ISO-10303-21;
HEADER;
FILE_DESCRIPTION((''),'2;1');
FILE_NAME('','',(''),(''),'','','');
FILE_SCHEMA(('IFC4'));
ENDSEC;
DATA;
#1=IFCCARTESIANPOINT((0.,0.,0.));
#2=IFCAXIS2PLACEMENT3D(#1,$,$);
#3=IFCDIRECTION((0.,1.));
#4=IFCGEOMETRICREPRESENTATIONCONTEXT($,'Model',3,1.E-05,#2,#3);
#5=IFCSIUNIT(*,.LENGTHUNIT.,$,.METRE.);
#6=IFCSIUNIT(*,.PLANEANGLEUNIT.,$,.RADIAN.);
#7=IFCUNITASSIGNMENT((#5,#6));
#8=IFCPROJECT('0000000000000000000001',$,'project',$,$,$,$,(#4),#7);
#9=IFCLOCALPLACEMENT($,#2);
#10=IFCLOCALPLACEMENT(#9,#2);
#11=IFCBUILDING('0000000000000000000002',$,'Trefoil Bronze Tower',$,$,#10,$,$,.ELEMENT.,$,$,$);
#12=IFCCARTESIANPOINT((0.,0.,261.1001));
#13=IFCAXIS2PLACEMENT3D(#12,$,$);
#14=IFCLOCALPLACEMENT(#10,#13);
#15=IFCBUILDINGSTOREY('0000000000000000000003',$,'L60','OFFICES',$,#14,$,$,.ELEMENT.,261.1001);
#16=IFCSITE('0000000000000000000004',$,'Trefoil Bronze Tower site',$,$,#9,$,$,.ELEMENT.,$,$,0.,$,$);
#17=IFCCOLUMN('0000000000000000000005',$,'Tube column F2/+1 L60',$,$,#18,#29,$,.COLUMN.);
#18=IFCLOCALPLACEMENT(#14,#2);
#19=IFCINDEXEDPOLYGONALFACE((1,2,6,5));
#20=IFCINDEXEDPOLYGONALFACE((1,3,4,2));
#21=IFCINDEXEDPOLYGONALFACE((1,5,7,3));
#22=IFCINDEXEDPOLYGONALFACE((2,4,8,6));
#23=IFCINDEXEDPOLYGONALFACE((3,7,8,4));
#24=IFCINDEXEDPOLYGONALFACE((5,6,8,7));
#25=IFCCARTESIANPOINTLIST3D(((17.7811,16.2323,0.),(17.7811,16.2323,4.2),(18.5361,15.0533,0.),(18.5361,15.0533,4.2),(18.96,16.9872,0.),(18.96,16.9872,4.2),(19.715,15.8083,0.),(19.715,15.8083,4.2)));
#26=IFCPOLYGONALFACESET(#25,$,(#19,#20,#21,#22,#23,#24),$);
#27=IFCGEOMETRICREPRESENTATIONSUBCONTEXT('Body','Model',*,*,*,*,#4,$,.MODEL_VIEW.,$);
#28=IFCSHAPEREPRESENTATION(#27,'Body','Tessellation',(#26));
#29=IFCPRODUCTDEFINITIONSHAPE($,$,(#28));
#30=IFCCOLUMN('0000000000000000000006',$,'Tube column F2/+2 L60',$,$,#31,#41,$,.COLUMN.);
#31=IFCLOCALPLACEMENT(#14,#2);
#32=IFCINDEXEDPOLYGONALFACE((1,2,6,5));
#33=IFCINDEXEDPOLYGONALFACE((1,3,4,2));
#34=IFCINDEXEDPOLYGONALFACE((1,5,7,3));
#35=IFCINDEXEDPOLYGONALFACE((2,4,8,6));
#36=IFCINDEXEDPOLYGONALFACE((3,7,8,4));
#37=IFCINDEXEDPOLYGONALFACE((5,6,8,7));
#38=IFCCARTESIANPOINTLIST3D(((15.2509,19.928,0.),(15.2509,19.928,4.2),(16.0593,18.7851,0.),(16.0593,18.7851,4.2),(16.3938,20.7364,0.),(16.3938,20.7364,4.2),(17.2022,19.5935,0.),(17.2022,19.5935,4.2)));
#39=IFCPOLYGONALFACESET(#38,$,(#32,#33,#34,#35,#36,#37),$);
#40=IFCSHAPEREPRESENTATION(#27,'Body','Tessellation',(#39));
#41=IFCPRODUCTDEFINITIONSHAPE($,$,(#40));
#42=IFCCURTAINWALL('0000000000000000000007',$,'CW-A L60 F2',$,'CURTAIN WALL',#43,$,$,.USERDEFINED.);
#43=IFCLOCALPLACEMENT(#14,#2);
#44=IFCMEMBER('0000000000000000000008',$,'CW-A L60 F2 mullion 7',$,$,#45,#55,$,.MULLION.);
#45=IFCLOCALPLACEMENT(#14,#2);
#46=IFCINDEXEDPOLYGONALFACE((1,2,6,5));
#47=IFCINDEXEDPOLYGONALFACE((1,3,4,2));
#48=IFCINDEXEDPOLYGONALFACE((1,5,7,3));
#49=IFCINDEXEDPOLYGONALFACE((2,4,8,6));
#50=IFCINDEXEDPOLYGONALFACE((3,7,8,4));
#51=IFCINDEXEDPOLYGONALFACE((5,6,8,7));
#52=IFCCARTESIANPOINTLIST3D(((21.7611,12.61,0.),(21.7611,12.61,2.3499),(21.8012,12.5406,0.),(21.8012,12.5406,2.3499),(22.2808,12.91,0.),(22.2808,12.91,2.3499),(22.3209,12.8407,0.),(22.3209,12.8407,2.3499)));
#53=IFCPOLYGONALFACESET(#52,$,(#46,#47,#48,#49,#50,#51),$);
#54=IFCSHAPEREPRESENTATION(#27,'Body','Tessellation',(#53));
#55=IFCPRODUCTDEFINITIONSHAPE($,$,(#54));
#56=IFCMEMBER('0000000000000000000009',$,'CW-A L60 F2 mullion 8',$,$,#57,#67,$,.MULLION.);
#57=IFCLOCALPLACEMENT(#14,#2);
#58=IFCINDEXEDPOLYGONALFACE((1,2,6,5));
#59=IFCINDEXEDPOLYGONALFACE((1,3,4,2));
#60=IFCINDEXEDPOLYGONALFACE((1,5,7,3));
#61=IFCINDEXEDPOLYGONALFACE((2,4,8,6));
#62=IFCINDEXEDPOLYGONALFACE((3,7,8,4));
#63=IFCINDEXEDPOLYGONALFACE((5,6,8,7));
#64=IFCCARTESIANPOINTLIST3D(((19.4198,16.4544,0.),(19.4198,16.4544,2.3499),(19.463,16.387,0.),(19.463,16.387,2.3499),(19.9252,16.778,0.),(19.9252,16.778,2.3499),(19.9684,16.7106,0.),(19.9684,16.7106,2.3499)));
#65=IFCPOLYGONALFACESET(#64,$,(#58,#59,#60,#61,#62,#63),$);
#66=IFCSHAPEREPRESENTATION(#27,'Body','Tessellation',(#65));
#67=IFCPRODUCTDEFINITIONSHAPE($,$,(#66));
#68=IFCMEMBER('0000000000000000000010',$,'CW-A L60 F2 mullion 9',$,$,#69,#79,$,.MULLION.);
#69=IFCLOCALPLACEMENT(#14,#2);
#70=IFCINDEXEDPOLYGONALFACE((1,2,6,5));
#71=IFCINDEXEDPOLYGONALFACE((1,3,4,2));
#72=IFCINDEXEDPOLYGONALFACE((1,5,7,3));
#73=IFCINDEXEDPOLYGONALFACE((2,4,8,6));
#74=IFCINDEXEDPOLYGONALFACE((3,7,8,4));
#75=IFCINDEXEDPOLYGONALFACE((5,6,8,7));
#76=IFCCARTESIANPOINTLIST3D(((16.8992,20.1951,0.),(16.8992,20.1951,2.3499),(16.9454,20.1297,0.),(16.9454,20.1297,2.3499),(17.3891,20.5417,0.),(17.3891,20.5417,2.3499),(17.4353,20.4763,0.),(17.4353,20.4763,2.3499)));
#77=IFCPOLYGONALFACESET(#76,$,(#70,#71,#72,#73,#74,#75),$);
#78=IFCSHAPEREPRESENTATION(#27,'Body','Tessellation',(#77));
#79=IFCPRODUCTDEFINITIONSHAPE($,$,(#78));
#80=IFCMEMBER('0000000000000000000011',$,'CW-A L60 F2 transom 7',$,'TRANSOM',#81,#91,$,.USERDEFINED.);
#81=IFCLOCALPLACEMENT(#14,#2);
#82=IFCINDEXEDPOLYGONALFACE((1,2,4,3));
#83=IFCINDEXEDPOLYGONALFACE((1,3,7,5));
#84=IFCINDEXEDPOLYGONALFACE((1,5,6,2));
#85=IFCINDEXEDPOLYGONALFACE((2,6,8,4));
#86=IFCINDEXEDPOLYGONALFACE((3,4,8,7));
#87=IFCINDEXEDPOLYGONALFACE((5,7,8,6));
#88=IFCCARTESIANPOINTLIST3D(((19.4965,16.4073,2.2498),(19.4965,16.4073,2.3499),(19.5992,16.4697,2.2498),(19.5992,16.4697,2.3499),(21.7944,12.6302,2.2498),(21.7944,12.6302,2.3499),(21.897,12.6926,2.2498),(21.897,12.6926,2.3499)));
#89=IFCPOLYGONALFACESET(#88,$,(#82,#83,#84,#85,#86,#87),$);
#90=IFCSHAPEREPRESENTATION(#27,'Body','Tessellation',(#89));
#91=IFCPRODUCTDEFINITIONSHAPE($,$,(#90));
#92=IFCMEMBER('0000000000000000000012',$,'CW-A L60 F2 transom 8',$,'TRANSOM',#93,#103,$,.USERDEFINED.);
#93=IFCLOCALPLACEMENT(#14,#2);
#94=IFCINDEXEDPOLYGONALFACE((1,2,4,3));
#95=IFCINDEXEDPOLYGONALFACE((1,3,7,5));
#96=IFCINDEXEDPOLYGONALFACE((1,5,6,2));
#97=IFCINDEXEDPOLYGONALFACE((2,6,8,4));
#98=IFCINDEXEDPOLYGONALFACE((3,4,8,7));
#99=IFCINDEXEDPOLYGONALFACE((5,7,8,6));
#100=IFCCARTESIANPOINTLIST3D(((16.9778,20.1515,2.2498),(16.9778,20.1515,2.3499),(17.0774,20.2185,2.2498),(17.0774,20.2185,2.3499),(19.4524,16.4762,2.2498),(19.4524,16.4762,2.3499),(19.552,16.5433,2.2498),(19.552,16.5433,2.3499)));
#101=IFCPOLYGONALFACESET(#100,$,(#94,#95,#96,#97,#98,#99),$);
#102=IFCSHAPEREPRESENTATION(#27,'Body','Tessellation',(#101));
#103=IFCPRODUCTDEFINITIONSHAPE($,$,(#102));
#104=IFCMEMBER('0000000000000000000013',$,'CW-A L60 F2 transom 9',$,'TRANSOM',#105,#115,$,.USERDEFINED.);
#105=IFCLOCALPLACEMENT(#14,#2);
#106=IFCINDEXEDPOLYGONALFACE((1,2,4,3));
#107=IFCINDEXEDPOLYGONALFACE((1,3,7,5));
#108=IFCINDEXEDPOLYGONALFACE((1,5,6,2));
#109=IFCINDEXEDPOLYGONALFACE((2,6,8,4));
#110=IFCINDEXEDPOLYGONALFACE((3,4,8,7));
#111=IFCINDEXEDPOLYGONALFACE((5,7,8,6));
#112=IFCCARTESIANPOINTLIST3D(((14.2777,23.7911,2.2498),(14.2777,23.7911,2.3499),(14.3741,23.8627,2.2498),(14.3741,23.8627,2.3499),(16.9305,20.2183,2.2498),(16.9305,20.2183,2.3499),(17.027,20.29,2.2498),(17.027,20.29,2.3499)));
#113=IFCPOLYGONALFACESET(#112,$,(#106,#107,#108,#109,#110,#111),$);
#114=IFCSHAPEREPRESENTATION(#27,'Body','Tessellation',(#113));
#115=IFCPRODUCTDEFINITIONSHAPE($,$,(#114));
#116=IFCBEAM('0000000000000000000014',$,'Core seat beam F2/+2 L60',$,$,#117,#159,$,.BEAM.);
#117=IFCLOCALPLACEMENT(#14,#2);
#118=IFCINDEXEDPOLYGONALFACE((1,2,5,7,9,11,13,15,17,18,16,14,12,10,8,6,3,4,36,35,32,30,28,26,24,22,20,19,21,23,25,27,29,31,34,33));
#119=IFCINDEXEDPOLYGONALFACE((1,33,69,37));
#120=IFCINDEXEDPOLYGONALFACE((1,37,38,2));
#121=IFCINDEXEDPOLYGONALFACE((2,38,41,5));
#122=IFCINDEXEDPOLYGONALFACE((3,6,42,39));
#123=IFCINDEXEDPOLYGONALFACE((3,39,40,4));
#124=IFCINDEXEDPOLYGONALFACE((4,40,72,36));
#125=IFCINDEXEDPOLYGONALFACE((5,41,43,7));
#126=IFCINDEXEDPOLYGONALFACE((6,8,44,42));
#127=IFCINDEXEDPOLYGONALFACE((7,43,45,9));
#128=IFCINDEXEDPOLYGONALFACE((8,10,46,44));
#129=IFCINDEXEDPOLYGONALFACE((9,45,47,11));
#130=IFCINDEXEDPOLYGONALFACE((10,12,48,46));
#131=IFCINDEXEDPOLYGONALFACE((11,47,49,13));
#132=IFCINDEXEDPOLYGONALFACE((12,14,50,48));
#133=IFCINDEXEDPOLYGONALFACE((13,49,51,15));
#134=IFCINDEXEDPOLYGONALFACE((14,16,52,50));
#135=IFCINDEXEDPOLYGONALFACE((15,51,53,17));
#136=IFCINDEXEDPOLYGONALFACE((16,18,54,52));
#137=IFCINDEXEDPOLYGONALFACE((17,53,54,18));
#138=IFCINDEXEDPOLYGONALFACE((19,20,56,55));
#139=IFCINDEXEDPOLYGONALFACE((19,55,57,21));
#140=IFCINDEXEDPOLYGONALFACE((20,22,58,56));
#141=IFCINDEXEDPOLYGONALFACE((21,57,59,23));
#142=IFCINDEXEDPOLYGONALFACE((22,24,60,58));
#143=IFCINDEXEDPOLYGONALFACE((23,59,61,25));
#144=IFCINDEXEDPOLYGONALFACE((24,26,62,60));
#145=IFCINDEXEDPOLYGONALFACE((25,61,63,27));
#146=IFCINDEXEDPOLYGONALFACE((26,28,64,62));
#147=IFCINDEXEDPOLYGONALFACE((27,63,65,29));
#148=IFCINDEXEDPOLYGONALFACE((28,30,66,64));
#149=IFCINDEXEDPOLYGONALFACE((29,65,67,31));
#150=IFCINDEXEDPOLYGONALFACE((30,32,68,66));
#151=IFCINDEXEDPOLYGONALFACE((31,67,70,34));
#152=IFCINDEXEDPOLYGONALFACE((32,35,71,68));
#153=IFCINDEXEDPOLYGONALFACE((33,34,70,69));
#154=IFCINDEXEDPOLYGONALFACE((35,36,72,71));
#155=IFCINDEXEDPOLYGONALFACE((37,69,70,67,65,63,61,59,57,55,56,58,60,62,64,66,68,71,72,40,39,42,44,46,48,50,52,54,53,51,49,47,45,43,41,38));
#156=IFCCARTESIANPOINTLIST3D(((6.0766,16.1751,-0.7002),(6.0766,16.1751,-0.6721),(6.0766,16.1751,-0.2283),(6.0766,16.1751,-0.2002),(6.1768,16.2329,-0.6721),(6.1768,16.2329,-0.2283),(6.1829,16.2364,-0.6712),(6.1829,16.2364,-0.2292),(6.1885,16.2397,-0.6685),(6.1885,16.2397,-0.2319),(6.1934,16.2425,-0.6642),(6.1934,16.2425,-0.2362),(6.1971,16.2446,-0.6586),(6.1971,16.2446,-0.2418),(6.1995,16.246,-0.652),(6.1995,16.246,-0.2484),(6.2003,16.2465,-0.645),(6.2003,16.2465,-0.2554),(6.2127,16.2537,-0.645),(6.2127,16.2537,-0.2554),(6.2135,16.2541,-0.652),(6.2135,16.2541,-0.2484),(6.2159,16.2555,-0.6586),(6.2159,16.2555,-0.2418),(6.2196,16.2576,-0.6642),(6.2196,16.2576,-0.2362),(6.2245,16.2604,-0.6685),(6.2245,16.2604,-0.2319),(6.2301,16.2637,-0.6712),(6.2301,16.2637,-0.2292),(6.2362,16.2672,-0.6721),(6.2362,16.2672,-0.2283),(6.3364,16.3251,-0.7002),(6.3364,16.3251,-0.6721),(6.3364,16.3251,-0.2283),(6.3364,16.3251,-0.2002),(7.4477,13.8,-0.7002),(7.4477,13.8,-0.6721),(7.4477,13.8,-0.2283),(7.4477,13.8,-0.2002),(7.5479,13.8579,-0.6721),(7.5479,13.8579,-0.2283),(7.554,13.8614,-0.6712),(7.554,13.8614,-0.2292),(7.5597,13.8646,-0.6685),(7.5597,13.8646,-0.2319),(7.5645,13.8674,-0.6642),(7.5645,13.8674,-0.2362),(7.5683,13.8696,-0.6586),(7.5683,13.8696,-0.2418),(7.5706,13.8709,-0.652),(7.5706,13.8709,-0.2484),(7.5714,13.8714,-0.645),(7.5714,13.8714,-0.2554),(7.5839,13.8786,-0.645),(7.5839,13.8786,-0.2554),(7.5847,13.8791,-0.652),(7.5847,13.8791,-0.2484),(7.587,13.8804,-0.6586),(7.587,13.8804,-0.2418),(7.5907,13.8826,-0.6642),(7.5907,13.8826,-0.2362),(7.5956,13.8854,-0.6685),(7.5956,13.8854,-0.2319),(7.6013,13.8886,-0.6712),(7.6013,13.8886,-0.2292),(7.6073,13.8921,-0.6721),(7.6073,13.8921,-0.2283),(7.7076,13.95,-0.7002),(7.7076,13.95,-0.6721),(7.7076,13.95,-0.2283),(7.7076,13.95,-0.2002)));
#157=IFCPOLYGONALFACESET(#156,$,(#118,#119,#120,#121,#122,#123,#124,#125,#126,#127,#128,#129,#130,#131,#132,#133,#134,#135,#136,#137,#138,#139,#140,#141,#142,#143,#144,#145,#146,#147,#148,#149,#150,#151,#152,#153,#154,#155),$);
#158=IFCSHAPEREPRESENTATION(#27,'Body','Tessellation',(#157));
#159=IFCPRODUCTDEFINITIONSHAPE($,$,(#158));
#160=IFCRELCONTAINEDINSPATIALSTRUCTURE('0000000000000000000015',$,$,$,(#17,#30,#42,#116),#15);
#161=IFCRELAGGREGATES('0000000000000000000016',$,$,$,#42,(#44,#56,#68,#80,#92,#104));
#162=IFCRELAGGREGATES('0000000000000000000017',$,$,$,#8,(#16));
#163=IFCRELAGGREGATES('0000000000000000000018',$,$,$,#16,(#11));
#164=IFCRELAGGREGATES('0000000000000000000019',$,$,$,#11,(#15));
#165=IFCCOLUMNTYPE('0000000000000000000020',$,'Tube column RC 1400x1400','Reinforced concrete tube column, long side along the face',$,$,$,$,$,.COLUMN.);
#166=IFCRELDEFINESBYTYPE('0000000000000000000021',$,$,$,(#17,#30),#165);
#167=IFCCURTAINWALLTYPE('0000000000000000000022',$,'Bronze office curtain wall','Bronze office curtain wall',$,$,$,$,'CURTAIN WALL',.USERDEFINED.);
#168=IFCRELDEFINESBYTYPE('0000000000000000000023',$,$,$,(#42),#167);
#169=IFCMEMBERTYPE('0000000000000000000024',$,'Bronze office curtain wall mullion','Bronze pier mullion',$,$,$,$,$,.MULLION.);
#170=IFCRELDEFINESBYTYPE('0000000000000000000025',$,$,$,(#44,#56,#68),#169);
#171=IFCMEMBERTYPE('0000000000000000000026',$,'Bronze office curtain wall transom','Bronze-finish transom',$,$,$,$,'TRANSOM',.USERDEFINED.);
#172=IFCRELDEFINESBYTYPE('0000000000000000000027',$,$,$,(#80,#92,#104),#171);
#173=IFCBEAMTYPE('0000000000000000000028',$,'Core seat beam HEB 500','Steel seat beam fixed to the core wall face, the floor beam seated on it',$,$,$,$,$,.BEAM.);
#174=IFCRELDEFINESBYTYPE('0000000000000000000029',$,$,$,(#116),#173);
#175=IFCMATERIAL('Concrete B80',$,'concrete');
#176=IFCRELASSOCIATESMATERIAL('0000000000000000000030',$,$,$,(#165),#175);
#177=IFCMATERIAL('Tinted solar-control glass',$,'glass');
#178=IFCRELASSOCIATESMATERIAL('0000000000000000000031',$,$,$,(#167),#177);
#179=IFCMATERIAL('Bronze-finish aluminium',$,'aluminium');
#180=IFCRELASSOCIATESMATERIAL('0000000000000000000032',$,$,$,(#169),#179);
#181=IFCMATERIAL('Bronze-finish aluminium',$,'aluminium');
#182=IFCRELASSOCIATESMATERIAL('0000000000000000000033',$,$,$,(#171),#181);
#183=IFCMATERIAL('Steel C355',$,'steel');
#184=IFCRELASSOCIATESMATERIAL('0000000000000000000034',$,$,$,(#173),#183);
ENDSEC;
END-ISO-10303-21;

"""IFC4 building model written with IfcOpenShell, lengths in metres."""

from ifc_helpers import new_model, si_unit, direction, frame, origin, origin_2d, place, context, subcontext, project, spatial, rectangle, i_section, extrude, material, material_profile, profile_set, type_object, element, aggregate, save


model = new_model("IFC4")

# Units and contexts
model_context = context("Model", 3, precision=1e-05, world=origin(), true_north=direction((0.0, 1.0)))
body_context = subcontext(model_context, "Body", "Model", "MODEL_VIEW")
ifc_project = project(units=[si_unit("LENGTHUNIT", "METRE"), si_unit("PLANEANGLEUNIT", "RADIAN")], contexts=[model_context])

# Site, building, storey
site_placement = place(None, origin())
site = spatial("IfcSite", under=ifc_project, at=site_placement, Name="Trefoil Bronze Tower site", CompositionType="ELEMENT", RefElevation=0.0)
building_placement = place(site_placement, origin())
building = spatial("IfcBuilding", under=site, at=building_placement, Name="Trefoil Bronze Tower", CompositionType="ELEMENT")
storey_placement = place(building_placement, frame((0.0, 0.0, 261.1001)))
storey = spatial("IfcBuildingStorey", under=building, at=storey_placement, Name="L60", Description="OFFICES", CompositionType="ELEMENT", Elevation=261.1001)

# Columns
ifc_material_1 = material(Name="Concrete B80", Category="concrete")
ifc_material_profile_1 = material_profile(ifc_material_1, rectangle(XDim=1.3999, YDim=1.3999, at=origin_2d()), Name="RC 1400x1400")
ifc_profile_set_1 = profile_set([ifc_material_profile_1], Name="Concrete B80")
column_type = type_object("IfcColumnType", Name="Tube column RC 1400x1400", Description="Reinforced concrete tube column, long side along the face", PredefinedType="COLUMN", material=ifc_profile_set_1)
for number, where, z_axis, x_axis, name in (
    (1, (18.748, 16.0203, 0.0), (0.0, 0.0, 1.0), (-0.53927, 0.842133, 0.0), "Tube column F2/+1 L60"),
    (2, (16.2266, 19.7607, 0.0), (0.0, 0.0, 1.0), (-0.577481, 0.816404, 0.0), "Tube column F2/+2 L60"),
):
    element("IfcColumn", number, at=place(storey_placement, frame(where, z_axis=z_axis, x_axis=x_axis)), inside=storey, type_object=column_type, Name=name, PredefinedType="COLUMN", context=body_context, shape_type="SweptSolid", body=[
        extrude(rectangle(XDim=1.3999, YDim=1.3999, at=origin_2d()), origin(), (0.0, 0.0, 1.0), 4.2),
    ])

# Curtain wall, members
ifc_material_2 = material(Name="Tinted solar-control glass", Category="glass")
curtain_wall_type = type_object("IfcCurtainWallType", Name="Bronze office curtain wall", Description="Bronze office curtain wall", ElementType="CURTAIN WALL", PredefinedType="USERDEFINED", material=ifc_material_2)
curtain_wall_placement = place(storey_placement, origin())
curtain_wall = element("IfcCurtainWall", 3, at=curtain_wall_placement, inside=storey, type_object=curtain_wall_type, Name="CW-A L60 F2", ObjectType="CURTAIN WALL", PredefinedType="USERDEFINED")
ifc_material_3 = material(Name="Bronze-finish aluminium", Category="aluminium")
ifc_material_profile_2 = material_profile(ifc_material_3, rectangle(XDim=0.6001, YDim=0.0801, at=origin_2d()), Name="CW-A mullion")
ifc_profile_set_2 = profile_set([ifc_material_profile_2], Name="Bronze-finish aluminium")
member_type_1 = type_object("IfcMemberType", Name="Bronze office curtain wall mullion", Description="Bronze pier mullion", PredefinedType="MULLION", material=ifc_profile_set_2)
member_1_placement = place(storey_placement, frame((22.041, 12.7253, 0.0), z_axis=(0.0, 0.0, 1.0), x_axis=(-0.866025, -0.5, 0.0)))
member_1 = element("IfcMember", 4, at=member_1_placement, type_object=member_type_1, Name="CW-A L60 F2 mullion 7", PredefinedType="MULLION", context=body_context, shape_type="SweptSolid", body=[
    extrude(rectangle(XDim=0.6001, YDim=0.0801, at=origin_2d()), origin(), (0.0, 0.0, 1.0), 2.3499),
])
member_2_placement = place(storey_placement, frame((19.6941, 16.5825, 0.0), z_axis=(0.0, 0.0, 1.0), x_axis=(-0.842133, -0.53927, 0.0)))
member_2 = element("IfcMember", 5, at=member_2_placement, type_object=member_type_1, Name="CW-A L60 F2 mullion 8", PredefinedType="MULLION", context=body_context, shape_type="SweptSolid", body=[
    extrude(rectangle(XDim=0.6001, YDim=0.0801, at=origin_2d()), origin(), (0.0, 0.0, 1.0), 2.3499),
])
member_3_placement = place(storey_placement, frame((17.1672, 20.3357, 0.0), z_axis=(0.0, 0.0, 1.0), x_axis=(-0.816404, -0.577481, 0.0)))
member_3 = element("IfcMember", 6, at=member_3_placement, type_object=member_type_1, Name="CW-A L60 F2 mullion 9", PredefinedType="MULLION", context=body_context, shape_type="SweptSolid", body=[
    extrude(rectangle(XDim=0.6001, YDim=0.0801, at=origin_2d()), origin(), (0.0, 0.0, 1.0), 2.3499),
])
ifc_material_4 = material(Name="Bronze-finish aluminium", Category="aluminium")
ifc_material_profile_3 = material_profile(ifc_material_4, rectangle(XDim=0.1201, YDim=0.1001, at=origin_2d()), Name="CW-A transom")
ifc_profile_set_3 = profile_set([ifc_material_profile_3], Name="Bronze-finish aluminium")
member_type_2 = type_object("IfcMemberType", Name="Bronze office curtain wall transom", Description="Bronze-finish transom", ElementType="TRANSOM", PredefinedType="USERDEFINED", material=ifc_profile_set_3)
member_4_placement = place(storey_placement, frame((21.8457, 12.6614, 2.2998), z_axis=(-0.51974, 0.854324, 0.0), x_axis=(-0.854324, -0.51974, 0.0)))
member_4 = element("IfcMember", 7, at=member_4_placement, type_object=member_type_2, Name="CW-A L60 F2 transom 7", ObjectType="TRANSOM", PredefinedType="USERDEFINED", context=body_context, shape_type="SweptSolid", body=[
    extrude(rectangle(XDim=0.1201, YDim=0.1001, at=origin_2d()), origin(), (0.0, 0.0, 1.0), 4.4211),
])
member_5_placement = place(storey_placement, frame((19.5022, 16.5098, 2.2998), z_axis=(-0.558509, 0.829498, 0.0), x_axis=(-0.829498, -0.558509, 0.0)))
member_5 = element("IfcMember", 8, at=member_5_placement, type_object=member_type_2, Name="CW-A L60 F2 transom 8", ObjectType="TRANSOM", PredefinedType="USERDEFINED", context=body_context, shape_type="SweptSolid", body=[
    extrude(rectangle(XDim=0.1201, YDim=0.1001, at=origin_2d()), origin(), (0.0, 0.0, 1.0), 4.4307),
])
member_6_placement = place(storey_placement, frame((16.9788, 20.2542, 2.2998), z_axis=(-0.596148, 0.802874, 0.0), x_axis=(-0.802874, -0.596148, 0.0)))
member_6 = element("IfcMember", 9, at=member_6_placement, type_object=member_type_2, Name="CW-A L60 F2 transom 9", ObjectType="TRANSOM", PredefinedType="USERDEFINED", context=body_context, shape_type="SweptSolid", body=[
    extrude(rectangle(XDim=0.1201, YDim=0.1001, at=origin_2d()), origin(), (0.0, 0.0, 1.0), 4.45),
])

# Beam
ifc_material_5 = material(Name="Steel C355", Category="steel")
ifc_material_profile_4 = material_profile(ifc_material_5, i_section(OverallWidth=0.3, OverallDepth=0.5, WebThickness=0.0144, FlangeThickness=0.0281, FilletRadius=0.0271, at=origin_2d()), Name="HEB 500")
ifc_profile_set_4 = profile_set([ifc_material_profile_4], Name="Steel C355")
beam_type_1 = type_object("IfcBeamType", Name="Core seat beam HEB 500", Description="Steel seat beam fixed to the core wall face, the floor beam seated on it", PredefinedType="BEAM", material=ifc_profile_set_4)
beam_1_placement = place(storey_placement, frame((7.5776, 13.875, -0.4502), z_axis=(-0.499969, 0.866043, 0.0), x_axis=(-0.866043, -0.499969, 0.0)))
element("IfcBeam", 10, at=beam_1_placement, inside=storey, type_object=beam_type_1, Name="Core seat beam F2/+2 L60", PredefinedType="BEAM", context=body_context, shape_type="SweptSolid", body=[
    extrude(i_section(OverallWidth=0.3, OverallDepth=0.5, WebThickness=0.0144, FlangeThickness=0.0281, FilletRadius=0.0271, at=origin_2d()), origin(), (0.0, 0.0, 1.0), 2.7424),
])

aggregate(curtain_wall, [member_1, member_2, member_3, member_4, member_5, member_6])

save(model, "model.ifc")
